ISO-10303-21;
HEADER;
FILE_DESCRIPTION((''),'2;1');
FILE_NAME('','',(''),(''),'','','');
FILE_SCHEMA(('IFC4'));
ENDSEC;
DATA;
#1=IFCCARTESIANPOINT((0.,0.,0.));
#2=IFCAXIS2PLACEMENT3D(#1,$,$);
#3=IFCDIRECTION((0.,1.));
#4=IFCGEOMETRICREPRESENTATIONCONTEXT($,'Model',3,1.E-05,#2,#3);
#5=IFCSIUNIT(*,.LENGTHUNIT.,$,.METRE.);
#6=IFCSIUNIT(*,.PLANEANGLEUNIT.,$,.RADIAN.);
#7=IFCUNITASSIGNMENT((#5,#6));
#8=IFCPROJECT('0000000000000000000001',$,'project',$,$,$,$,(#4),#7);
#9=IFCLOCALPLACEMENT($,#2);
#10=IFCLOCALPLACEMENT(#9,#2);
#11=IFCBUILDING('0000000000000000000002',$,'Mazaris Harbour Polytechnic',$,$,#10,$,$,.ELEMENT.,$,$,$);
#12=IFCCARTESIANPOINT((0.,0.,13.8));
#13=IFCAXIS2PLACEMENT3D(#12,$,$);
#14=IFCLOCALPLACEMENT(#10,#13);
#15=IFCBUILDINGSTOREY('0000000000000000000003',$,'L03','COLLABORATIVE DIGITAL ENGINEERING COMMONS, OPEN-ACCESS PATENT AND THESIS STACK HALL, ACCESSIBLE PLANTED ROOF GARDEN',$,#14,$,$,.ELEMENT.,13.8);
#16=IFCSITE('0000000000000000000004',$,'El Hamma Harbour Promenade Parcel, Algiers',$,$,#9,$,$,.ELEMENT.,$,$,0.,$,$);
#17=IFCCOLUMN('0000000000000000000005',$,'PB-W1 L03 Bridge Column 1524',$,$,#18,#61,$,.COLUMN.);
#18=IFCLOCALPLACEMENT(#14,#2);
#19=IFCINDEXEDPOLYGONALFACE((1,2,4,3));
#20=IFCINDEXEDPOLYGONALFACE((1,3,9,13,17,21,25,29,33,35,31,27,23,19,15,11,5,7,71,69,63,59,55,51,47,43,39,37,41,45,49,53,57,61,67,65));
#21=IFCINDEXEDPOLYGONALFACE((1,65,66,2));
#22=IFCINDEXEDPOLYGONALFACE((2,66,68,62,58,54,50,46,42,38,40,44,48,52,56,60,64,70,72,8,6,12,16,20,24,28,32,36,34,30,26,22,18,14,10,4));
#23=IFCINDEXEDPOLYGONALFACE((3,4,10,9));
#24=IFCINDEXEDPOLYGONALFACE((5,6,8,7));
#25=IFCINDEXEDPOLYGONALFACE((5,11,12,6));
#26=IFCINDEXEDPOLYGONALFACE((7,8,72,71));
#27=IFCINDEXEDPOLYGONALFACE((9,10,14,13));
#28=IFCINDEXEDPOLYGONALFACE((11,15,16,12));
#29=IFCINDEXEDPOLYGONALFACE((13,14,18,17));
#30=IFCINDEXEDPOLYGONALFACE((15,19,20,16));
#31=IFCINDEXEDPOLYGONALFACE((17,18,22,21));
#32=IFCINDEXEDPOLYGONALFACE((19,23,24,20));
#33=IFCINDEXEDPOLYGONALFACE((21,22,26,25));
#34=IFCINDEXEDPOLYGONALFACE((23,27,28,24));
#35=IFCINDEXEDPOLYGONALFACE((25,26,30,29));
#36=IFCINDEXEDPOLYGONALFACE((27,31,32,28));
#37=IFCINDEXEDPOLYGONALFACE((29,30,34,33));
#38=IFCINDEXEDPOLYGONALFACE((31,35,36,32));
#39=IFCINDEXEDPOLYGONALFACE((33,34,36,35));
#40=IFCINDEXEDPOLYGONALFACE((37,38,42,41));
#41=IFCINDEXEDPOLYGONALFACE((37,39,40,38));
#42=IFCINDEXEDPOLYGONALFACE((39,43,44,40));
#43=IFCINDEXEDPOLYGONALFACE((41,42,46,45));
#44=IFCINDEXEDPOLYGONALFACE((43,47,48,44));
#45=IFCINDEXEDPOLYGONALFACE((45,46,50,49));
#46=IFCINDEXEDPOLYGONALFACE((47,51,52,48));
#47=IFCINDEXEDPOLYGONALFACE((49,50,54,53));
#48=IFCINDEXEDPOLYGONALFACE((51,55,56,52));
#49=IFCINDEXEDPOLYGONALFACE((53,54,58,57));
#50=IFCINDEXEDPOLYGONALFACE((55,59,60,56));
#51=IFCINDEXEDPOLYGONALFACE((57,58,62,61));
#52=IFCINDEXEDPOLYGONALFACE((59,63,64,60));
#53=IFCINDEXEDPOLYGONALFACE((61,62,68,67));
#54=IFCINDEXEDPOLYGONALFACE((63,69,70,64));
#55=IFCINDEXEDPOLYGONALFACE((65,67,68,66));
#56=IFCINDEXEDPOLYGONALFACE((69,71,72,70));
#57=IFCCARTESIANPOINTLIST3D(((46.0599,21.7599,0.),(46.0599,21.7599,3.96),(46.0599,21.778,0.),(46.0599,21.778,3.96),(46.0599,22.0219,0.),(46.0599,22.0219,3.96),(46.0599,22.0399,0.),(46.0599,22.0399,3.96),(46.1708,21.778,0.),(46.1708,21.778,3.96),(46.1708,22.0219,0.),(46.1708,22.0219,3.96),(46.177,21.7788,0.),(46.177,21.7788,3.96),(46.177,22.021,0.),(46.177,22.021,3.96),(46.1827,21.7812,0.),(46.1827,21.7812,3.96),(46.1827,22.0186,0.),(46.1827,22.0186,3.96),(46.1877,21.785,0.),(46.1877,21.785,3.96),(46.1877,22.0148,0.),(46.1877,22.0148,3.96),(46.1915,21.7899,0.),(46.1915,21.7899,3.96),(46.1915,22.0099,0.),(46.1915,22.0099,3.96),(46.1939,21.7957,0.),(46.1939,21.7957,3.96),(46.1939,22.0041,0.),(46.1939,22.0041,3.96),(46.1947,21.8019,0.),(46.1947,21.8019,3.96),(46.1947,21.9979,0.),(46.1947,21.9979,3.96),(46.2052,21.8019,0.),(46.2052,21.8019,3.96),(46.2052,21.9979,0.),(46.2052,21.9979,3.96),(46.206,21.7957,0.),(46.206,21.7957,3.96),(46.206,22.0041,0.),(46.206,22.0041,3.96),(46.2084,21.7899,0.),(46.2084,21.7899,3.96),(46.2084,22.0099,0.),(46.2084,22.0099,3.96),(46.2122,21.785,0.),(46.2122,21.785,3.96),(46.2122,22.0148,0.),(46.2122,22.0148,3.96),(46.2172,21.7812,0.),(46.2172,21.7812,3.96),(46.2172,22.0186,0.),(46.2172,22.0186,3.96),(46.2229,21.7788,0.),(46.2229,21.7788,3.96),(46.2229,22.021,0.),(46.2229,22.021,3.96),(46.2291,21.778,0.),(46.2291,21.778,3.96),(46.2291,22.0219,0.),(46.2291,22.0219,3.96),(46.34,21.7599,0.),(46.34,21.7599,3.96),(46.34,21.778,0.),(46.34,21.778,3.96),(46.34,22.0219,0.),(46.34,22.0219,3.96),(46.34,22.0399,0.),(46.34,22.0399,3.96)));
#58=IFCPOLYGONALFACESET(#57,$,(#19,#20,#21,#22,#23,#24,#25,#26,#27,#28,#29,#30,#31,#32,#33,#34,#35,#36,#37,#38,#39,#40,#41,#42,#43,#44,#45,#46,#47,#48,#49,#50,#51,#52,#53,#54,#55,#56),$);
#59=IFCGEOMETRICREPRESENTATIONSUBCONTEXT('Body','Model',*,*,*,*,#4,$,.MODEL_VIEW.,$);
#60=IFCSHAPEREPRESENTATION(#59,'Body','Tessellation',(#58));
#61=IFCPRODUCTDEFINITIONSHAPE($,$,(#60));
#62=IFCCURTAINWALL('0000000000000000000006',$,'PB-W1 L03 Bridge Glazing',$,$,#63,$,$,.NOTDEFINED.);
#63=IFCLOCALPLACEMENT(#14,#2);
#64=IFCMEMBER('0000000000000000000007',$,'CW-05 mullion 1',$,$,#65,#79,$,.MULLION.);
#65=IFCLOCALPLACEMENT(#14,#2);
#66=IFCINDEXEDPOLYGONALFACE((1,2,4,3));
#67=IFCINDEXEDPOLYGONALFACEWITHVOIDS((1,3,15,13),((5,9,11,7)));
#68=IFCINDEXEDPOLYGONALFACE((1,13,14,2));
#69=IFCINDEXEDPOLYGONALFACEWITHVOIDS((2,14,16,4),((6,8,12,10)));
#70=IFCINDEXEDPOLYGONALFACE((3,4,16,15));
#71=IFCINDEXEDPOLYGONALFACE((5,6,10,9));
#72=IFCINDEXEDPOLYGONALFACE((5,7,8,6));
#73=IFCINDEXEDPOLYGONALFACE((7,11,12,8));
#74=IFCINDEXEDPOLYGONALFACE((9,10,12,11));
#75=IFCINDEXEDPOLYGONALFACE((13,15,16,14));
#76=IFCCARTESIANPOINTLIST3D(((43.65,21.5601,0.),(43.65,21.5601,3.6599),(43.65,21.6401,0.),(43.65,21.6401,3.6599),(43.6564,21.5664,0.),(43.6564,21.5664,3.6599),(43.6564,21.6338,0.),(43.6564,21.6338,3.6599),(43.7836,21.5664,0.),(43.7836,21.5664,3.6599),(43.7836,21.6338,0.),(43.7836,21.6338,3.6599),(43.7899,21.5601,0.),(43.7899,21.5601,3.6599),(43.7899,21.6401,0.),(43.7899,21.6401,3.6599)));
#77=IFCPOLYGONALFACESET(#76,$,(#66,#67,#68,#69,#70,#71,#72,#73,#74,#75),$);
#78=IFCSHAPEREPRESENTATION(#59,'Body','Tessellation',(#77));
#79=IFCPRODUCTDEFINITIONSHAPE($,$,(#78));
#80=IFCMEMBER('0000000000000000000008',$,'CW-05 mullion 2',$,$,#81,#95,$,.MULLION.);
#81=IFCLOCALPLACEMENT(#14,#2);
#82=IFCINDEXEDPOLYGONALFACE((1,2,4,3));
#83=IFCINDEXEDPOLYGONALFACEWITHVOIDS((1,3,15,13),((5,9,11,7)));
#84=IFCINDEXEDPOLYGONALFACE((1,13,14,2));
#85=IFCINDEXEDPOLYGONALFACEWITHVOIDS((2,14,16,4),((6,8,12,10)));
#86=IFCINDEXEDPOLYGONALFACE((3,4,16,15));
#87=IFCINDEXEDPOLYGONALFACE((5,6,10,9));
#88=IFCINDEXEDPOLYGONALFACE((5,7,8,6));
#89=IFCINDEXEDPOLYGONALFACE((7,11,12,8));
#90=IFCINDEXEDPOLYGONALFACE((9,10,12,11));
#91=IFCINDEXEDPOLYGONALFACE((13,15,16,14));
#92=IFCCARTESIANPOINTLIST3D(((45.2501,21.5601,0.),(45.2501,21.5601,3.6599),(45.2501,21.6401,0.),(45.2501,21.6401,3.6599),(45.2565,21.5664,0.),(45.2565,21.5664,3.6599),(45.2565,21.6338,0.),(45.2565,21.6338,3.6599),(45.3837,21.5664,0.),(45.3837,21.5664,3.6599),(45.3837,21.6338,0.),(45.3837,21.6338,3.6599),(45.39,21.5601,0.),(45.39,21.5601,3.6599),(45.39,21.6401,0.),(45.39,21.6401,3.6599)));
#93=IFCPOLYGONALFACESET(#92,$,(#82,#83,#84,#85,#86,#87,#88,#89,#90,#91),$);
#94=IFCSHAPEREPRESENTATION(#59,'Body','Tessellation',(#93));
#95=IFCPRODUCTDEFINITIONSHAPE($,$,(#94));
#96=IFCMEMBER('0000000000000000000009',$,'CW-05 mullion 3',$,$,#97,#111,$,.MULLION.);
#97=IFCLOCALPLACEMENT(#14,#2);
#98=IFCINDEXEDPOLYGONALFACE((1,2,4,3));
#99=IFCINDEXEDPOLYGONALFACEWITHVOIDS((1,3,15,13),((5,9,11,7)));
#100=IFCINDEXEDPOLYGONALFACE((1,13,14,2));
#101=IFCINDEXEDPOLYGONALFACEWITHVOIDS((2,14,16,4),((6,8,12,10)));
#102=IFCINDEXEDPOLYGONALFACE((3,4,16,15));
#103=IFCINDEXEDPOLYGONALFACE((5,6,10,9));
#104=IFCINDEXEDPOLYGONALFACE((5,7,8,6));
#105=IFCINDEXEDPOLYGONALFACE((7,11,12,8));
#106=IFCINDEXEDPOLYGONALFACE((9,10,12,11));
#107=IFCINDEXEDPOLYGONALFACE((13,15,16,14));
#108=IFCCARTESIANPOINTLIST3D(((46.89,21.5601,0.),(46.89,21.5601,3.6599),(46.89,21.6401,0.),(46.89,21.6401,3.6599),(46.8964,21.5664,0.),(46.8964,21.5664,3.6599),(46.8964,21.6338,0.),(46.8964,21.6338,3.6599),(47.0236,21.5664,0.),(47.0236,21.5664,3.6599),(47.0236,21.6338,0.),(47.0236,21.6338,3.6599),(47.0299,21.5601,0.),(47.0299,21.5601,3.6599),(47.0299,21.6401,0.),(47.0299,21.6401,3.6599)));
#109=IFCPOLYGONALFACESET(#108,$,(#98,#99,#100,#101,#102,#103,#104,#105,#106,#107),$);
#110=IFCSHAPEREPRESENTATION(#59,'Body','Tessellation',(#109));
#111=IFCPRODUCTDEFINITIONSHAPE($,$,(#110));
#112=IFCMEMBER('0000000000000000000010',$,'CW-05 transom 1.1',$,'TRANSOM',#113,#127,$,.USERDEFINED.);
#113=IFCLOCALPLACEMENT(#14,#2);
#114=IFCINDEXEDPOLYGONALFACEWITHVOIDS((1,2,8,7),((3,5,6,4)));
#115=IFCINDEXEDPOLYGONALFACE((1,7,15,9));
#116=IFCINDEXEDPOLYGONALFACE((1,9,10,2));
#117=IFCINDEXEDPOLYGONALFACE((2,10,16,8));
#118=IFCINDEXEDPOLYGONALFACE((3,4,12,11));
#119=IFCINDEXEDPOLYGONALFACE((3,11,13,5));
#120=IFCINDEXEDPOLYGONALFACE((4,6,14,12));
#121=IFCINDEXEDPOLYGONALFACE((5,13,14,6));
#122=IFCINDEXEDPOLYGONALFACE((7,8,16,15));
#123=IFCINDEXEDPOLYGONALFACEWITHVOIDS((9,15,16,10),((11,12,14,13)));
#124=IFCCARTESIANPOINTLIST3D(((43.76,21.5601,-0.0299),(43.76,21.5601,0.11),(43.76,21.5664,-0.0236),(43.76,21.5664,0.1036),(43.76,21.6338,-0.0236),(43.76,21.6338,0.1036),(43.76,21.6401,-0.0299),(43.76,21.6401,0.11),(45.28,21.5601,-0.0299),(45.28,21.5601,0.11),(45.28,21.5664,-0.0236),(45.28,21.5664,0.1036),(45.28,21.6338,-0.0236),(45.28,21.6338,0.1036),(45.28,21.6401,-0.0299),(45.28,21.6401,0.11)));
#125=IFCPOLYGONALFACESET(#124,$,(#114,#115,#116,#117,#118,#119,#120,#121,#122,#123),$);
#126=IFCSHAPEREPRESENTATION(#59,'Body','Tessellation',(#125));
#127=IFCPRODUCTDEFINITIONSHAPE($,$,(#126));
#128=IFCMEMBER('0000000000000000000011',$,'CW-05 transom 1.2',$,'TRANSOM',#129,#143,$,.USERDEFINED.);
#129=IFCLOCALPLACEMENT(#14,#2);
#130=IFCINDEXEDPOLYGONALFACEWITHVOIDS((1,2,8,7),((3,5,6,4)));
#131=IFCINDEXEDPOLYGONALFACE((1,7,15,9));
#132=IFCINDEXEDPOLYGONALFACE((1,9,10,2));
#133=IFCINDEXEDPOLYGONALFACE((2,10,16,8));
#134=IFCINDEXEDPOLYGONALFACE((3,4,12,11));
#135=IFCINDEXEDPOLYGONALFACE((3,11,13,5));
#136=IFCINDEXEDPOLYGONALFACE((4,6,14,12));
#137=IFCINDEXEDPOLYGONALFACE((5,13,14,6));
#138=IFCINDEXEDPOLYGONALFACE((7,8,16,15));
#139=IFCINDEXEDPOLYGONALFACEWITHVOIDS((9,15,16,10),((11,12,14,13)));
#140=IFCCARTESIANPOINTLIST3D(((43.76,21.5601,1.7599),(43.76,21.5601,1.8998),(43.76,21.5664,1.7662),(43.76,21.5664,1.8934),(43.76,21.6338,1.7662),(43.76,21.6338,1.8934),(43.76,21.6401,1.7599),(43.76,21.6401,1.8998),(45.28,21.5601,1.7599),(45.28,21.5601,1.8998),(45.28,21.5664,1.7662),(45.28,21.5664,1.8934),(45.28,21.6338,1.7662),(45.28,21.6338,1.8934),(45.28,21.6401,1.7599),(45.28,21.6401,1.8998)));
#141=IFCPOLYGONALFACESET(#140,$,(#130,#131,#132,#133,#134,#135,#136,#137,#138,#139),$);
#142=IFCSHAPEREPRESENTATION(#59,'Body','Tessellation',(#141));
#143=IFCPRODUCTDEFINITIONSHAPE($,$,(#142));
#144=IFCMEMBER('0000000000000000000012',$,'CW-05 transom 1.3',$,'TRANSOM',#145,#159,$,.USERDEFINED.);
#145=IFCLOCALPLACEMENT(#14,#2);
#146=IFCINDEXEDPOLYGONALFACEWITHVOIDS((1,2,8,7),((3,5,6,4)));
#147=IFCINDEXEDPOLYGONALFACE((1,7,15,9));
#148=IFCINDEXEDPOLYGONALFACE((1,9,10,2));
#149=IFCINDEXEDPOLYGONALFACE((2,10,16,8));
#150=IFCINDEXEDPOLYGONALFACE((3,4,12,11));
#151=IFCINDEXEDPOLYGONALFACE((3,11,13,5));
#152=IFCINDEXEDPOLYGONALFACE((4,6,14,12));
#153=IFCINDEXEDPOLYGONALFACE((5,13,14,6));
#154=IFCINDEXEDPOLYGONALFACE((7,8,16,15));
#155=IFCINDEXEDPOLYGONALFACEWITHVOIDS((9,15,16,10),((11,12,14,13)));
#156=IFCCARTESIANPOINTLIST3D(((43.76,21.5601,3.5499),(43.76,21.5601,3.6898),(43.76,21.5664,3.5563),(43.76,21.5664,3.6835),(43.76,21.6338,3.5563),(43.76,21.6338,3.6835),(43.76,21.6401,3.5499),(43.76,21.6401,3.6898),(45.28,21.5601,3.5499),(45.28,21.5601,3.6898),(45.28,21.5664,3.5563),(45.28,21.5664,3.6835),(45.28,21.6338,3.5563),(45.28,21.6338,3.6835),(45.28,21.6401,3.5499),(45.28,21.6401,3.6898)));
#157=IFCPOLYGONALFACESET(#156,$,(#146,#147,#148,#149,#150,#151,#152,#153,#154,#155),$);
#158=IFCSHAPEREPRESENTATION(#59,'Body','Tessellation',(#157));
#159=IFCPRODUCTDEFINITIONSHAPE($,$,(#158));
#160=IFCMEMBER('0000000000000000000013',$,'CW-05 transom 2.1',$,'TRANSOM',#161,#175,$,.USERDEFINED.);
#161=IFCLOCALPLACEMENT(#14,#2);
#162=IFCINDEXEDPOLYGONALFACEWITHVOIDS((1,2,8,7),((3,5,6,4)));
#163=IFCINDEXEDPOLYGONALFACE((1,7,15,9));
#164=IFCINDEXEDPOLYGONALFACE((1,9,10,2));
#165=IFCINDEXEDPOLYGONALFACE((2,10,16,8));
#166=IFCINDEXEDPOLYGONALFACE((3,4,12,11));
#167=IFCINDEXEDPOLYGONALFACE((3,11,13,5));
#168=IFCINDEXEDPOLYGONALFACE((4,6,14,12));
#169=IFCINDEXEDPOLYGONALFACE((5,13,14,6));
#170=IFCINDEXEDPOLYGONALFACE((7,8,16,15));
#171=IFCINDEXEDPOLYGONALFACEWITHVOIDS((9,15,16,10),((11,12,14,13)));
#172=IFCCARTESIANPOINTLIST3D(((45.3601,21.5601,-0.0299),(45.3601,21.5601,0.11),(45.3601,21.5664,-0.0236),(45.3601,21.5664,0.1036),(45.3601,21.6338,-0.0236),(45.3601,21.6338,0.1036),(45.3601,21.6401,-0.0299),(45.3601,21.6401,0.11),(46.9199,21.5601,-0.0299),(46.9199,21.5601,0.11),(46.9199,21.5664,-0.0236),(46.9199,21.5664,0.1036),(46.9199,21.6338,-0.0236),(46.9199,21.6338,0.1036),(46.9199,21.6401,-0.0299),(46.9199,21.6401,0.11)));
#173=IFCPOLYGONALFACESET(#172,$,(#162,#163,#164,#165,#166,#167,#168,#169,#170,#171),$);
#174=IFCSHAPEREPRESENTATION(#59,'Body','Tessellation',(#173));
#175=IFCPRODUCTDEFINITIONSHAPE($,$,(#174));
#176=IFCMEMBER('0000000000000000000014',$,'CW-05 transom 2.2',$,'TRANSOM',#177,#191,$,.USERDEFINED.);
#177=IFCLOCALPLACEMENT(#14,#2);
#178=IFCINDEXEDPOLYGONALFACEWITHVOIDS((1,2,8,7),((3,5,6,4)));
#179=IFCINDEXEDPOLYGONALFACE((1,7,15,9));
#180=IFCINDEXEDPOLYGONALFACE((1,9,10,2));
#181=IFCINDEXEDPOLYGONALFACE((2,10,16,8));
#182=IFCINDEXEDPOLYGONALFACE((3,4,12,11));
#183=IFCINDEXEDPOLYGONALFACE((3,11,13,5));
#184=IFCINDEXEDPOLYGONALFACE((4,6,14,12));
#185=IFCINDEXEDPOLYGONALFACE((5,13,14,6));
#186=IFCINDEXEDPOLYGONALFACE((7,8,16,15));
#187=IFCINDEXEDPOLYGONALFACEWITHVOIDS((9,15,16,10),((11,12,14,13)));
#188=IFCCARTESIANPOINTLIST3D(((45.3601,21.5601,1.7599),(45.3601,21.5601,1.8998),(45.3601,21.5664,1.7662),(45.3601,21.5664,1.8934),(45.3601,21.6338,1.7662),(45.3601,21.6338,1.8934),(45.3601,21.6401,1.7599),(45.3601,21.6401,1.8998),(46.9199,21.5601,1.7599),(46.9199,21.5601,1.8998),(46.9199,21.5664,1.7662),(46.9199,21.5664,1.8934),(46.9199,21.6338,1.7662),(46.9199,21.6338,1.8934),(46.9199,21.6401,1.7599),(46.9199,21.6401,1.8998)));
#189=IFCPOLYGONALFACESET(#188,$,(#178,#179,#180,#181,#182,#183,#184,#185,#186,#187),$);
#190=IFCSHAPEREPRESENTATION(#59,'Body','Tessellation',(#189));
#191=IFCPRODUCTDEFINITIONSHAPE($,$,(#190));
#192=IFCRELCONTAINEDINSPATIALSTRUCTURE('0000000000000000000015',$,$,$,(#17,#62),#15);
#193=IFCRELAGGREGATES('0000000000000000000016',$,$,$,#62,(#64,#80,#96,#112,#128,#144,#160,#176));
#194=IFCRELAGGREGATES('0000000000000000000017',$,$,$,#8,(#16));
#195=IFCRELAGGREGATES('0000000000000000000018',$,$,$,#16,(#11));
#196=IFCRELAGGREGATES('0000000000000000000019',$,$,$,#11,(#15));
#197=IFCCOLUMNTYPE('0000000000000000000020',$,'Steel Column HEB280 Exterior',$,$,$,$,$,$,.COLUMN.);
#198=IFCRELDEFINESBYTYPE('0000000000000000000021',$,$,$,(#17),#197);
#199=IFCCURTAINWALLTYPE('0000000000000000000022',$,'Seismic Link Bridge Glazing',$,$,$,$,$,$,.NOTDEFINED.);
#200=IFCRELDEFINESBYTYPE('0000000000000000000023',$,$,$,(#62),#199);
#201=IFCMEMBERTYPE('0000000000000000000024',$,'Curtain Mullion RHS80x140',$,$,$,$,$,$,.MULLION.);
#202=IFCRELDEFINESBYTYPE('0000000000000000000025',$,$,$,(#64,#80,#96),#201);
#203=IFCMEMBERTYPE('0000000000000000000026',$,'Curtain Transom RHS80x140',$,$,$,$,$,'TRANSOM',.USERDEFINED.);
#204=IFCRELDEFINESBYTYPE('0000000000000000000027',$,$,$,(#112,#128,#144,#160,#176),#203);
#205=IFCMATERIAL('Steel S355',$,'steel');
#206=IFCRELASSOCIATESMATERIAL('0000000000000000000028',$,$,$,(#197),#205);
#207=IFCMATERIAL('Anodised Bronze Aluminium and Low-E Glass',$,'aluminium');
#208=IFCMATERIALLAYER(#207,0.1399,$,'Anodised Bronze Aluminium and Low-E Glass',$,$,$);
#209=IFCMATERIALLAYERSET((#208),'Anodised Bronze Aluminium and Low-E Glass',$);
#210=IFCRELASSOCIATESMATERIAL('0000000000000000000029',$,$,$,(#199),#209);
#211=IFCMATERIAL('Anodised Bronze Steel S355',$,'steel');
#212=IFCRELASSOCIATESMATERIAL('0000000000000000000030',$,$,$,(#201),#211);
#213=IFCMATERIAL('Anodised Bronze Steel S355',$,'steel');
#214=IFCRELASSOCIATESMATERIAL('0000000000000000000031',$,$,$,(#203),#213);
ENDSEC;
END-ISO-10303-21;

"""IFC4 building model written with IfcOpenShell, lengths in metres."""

from ifc_helpers import new_model, si_unit, direction, frame, origin, origin_2d, place, context, subcontext, project, spatial, hollow_rectangle, i_section, extrude, material, layer, layer_set, material_profile, profile_set, type_object, element, aggregate, save


model = new_model("IFC4")

# Units and contexts
model_context = context("Model", 3, precision=1e-05, world=origin(), true_north=direction((0.0, 1.0)))
body_context = subcontext(model_context, "Body", "Model", "MODEL_VIEW")
ifc_project = project(units=[si_unit("LENGTHUNIT", "METRE"), si_unit("PLANEANGLEUNIT", "RADIAN")], contexts=[model_context])

# Site, building, storey
site_placement = place(None, origin())
site = spatial("IfcSite", under=ifc_project, at=site_placement, Name="El Hamma Harbour Promenade Parcel, Algiers", CompositionType="ELEMENT", RefElevation=0.0)
building_placement = place(site_placement, origin())
building = spatial("IfcBuilding", under=site, at=building_placement, Name="Mazaris Harbour Polytechnic", CompositionType="ELEMENT")
storey_placement = place(building_placement, frame((0.0, 0.0, 13.8)))
storey = spatial("IfcBuildingStorey", under=building, at=storey_placement, Name="L03", Description="COLLABORATIVE DIGITAL ENGINEERING COMMONS, OPEN-ACCESS PATENT AND THESIS STACK HALL, ACCESSIBLE PLANTED ROOF GARDEN", CompositionType="ELEMENT", Elevation=13.8)

# Column
ifc_material_1 = material(Name="Steel S355", Category="steel")
ifc_material_profile_1 = material_profile(ifc_material_1, i_section(OverallWidth=0.28, OverallDepth=0.28, WebThickness=0.0105, FlangeThickness=0.0181, FilletRadius=0.0239, at=origin_2d()), Name="HEB 280")
ifc_profile_set_1 = profile_set([ifc_material_profile_1], Name="Steel S355")
column_type = type_object("IfcColumnType", Name="Steel Column HEB280 Exterior", PredefinedType="COLUMN", material=ifc_profile_set_1)
column_placement = place(storey_placement, frame((46.2, 21.8999, 0.0), z_axis=(0.0, 0.0, 1.0), x_axis=(1.0, 0.0, 0.0)))
element("IfcColumn", 1, at=column_placement, inside=storey, type_object=column_type, Name="PB-W1 L03 Bridge Column 1524", PredefinedType="COLUMN", context=body_context, shape_type="SweptSolid", body=[
    extrude(i_section(OverallWidth=0.28, OverallDepth=0.28, WebThickness=0.0105, FlangeThickness=0.0181, FilletRadius=0.0239, at=origin_2d()), origin(), (0.0, 0.0, 1.0), 3.96),
])

# Curtain wall, members
ifc_material_2 = material(Name="Anodised Bronze Aluminium and Low-E Glass", Category="aluminium")
ifc_layer_1 = layer(ifc_material_2, 0.1399, Name="Anodised Bronze Aluminium and Low-E Glass")
ifc_layer_set_1 = layer_set([ifc_layer_1], Name="Anodised Bronze Aluminium and Low-E Glass")
curtain_wall_type = type_object("IfcCurtainWallType", Name="Seismic Link Bridge Glazing", PredefinedType="NOTDEFINED", material=ifc_layer_set_1)
curtain_wall_placement = place(storey_placement, origin())
curtain_wall = element("IfcCurtainWall", 2, at=curtain_wall_placement, inside=storey, type_object=curtain_wall_type, Name="PB-W1 L03 Bridge Glazing", PredefinedType="NOTDEFINED")
ifc_material_3 = material(Name="Anodised Bronze Steel S355", Category="steel")
ifc_material_profile_2 = material_profile(ifc_material_3, hollow_rectangle(XDim=0.0801, YDim=0.1399, WallThickness=0.0063, at=origin_2d()), Name="RHS 80x140x6.3")
ifc_profile_set_2 = profile_set([ifc_material_profile_2], Name="Anodised Bronze Steel S355")
member_type_1 = type_object("IfcMemberType", Name="Curtain Mullion RHS80x140", PredefinedType="MULLION", material=ifc_profile_set_2)
member_1_placement = place(storey_placement, frame((43.72, 21.6001, 0.0), z_axis=(0.0, 0.0, 1.0), x_axis=(0.0, 1.0, 0.0)))
member_1 = element("IfcMember", 3, at=member_1_placement, type_object=member_type_1, Name="CW-05 mullion 1", PredefinedType="MULLION", context=body_context, shape_type="SweptSolid", body=[
    extrude(hollow_rectangle(XDim=0.0801, YDim=0.1399, WallThickness=0.0063, at=origin_2d()), origin(), (0.0, 0.0, 1.0), 3.6599),
])
member_2_placement = place(storey_placement, frame((45.3201, 21.6001, 0.0), z_axis=(0.0, 0.0, 1.0), x_axis=(0.0, 1.0, 0.0)))
member_2 = element("IfcMember", 4, at=member_2_placement, type_object=member_type_1, Name="CW-05 mullion 2", PredefinedType="MULLION", context=body_context, shape_type="SweptSolid", body=[
    extrude(hollow_rectangle(XDim=0.0801, YDim=0.1399, WallThickness=0.0063, at=origin_2d()), origin(), (0.0, 0.0, 1.0), 3.6599),
])
member_3_placement = place(storey_placement, frame((46.96, 21.6001, 0.0), z_axis=(0.0, 0.0, 1.0), x_axis=(0.0, 1.0, 0.0)))
member_3 = element("IfcMember", 5, at=member_3_placement, type_object=member_type_1, Name="CW-05 mullion 3", PredefinedType="MULLION", context=body_context, shape_type="SweptSolid", body=[
    extrude(hollow_rectangle(XDim=0.0801, YDim=0.1399, WallThickness=0.0063, at=origin_2d()), origin(), (0.0, 0.0, 1.0), 3.6599),
])
ifc_material_4 = material(Name="Anodised Bronze Steel S355", Category="steel")
ifc_material_profile_3 = material_profile(ifc_material_4, hollow_rectangle(XDim=0.0801, YDim=0.1399, WallThickness=0.0063, at=origin_2d()), Name="RHS 80x140x6.3")
ifc_profile_set_3 = profile_set([ifc_material_profile_3], Name="Anodised Bronze Steel S355")
member_type_2 = type_object("IfcMemberType", Name="Curtain Transom RHS80x140", ElementType="TRANSOM", PredefinedType="USERDEFINED", material=ifc_profile_set_3)
member_4_placement = place(storey_placement, frame((43.76, 21.6001, 0.04), z_axis=(1.0, 0.0, 0.0), x_axis=(0.0, 1.0, 0.0)))
member_4 = element("IfcMember", 6, at=member_4_placement, type_object=member_type_2, Name="CW-05 transom 1.1", ObjectType="TRANSOM", PredefinedType="USERDEFINED", context=body_context, shape_type="SweptSolid", body=[
    extrude(hollow_rectangle(XDim=0.0801, YDim=0.1399, WallThickness=0.0063, at=origin_2d()), origin(), (0.0, 0.0, 1.0), 1.52),
])
member_5_placement = place(storey_placement, frame((43.76, 21.6001, 1.8298), z_axis=(1.0, 0.0, 0.0), x_axis=(0.0, 1.0, 0.0)))
member_5 = element("IfcMember", 7, at=member_5_placement, type_object=member_type_2, Name="CW-05 transom 1.2", ObjectType="TRANSOM", PredefinedType="USERDEFINED", context=body_context, shape_type="SweptSolid", body=[
    extrude(hollow_rectangle(XDim=0.0801, YDim=0.1399, WallThickness=0.0063, at=origin_2d()), origin(), (0.0, 0.0, 1.0), 1.52),
])
member_6_placement = place(storey_placement, frame((43.76, 21.6001, 3.6199), z_axis=(1.0, 0.0, 0.0), x_axis=(0.0, 1.0, 0.0)))
member_6 = element("IfcMember", 8, at=member_6_placement, type_object=member_type_2, Name="CW-05 transom 1.3", ObjectType="TRANSOM", PredefinedType="USERDEFINED", context=body_context, shape_type="SweptSolid", body=[
    extrude(hollow_rectangle(XDim=0.0801, YDim=0.1399, WallThickness=0.0063, at=origin_2d()), origin(), (0.0, 0.0, 1.0), 1.52),
])
member_7_placement = place(storey_placement, frame((45.3601, 21.6001, 0.04), z_axis=(1.0, 0.0, 0.0), x_axis=(0.0, 1.0, 0.0)))
member_7 = element("IfcMember", 9, at=member_7_placement, type_object=member_type_2, Name="CW-05 transom 2.1", ObjectType="TRANSOM", PredefinedType="USERDEFINED", context=body_context, shape_type="SweptSolid", body=[
    extrude(hollow_rectangle(XDim=0.0801, YDim=0.1399, WallThickness=0.0063, at=origin_2d()), origin(), (0.0, 0.0, 1.0), 1.5598),
])
member_8_placement = place(storey_placement, frame((45.3601, 21.6001, 1.8298), z_axis=(1.0, 0.0, 0.0), x_axis=(0.0, 1.0, 0.0)))
member_8 = element("IfcMember", 10, at=member_8_placement, type_object=member_type_2, Name="CW-05 transom 2.2", ObjectType="TRANSOM", PredefinedType="USERDEFINED", context=body_context, shape_type="SweptSolid", body=[
    extrude(hollow_rectangle(XDim=0.0801, YDim=0.1399, WallThickness=0.0063, at=origin_2d()), origin(), (0.0, 0.0, 1.0), 1.5598),
])

aggregate(curtain_wall, [member_1, member_2, member_3, member_4, member_5, member_6, member_7, member_8])

save(model, "model.ifc")
